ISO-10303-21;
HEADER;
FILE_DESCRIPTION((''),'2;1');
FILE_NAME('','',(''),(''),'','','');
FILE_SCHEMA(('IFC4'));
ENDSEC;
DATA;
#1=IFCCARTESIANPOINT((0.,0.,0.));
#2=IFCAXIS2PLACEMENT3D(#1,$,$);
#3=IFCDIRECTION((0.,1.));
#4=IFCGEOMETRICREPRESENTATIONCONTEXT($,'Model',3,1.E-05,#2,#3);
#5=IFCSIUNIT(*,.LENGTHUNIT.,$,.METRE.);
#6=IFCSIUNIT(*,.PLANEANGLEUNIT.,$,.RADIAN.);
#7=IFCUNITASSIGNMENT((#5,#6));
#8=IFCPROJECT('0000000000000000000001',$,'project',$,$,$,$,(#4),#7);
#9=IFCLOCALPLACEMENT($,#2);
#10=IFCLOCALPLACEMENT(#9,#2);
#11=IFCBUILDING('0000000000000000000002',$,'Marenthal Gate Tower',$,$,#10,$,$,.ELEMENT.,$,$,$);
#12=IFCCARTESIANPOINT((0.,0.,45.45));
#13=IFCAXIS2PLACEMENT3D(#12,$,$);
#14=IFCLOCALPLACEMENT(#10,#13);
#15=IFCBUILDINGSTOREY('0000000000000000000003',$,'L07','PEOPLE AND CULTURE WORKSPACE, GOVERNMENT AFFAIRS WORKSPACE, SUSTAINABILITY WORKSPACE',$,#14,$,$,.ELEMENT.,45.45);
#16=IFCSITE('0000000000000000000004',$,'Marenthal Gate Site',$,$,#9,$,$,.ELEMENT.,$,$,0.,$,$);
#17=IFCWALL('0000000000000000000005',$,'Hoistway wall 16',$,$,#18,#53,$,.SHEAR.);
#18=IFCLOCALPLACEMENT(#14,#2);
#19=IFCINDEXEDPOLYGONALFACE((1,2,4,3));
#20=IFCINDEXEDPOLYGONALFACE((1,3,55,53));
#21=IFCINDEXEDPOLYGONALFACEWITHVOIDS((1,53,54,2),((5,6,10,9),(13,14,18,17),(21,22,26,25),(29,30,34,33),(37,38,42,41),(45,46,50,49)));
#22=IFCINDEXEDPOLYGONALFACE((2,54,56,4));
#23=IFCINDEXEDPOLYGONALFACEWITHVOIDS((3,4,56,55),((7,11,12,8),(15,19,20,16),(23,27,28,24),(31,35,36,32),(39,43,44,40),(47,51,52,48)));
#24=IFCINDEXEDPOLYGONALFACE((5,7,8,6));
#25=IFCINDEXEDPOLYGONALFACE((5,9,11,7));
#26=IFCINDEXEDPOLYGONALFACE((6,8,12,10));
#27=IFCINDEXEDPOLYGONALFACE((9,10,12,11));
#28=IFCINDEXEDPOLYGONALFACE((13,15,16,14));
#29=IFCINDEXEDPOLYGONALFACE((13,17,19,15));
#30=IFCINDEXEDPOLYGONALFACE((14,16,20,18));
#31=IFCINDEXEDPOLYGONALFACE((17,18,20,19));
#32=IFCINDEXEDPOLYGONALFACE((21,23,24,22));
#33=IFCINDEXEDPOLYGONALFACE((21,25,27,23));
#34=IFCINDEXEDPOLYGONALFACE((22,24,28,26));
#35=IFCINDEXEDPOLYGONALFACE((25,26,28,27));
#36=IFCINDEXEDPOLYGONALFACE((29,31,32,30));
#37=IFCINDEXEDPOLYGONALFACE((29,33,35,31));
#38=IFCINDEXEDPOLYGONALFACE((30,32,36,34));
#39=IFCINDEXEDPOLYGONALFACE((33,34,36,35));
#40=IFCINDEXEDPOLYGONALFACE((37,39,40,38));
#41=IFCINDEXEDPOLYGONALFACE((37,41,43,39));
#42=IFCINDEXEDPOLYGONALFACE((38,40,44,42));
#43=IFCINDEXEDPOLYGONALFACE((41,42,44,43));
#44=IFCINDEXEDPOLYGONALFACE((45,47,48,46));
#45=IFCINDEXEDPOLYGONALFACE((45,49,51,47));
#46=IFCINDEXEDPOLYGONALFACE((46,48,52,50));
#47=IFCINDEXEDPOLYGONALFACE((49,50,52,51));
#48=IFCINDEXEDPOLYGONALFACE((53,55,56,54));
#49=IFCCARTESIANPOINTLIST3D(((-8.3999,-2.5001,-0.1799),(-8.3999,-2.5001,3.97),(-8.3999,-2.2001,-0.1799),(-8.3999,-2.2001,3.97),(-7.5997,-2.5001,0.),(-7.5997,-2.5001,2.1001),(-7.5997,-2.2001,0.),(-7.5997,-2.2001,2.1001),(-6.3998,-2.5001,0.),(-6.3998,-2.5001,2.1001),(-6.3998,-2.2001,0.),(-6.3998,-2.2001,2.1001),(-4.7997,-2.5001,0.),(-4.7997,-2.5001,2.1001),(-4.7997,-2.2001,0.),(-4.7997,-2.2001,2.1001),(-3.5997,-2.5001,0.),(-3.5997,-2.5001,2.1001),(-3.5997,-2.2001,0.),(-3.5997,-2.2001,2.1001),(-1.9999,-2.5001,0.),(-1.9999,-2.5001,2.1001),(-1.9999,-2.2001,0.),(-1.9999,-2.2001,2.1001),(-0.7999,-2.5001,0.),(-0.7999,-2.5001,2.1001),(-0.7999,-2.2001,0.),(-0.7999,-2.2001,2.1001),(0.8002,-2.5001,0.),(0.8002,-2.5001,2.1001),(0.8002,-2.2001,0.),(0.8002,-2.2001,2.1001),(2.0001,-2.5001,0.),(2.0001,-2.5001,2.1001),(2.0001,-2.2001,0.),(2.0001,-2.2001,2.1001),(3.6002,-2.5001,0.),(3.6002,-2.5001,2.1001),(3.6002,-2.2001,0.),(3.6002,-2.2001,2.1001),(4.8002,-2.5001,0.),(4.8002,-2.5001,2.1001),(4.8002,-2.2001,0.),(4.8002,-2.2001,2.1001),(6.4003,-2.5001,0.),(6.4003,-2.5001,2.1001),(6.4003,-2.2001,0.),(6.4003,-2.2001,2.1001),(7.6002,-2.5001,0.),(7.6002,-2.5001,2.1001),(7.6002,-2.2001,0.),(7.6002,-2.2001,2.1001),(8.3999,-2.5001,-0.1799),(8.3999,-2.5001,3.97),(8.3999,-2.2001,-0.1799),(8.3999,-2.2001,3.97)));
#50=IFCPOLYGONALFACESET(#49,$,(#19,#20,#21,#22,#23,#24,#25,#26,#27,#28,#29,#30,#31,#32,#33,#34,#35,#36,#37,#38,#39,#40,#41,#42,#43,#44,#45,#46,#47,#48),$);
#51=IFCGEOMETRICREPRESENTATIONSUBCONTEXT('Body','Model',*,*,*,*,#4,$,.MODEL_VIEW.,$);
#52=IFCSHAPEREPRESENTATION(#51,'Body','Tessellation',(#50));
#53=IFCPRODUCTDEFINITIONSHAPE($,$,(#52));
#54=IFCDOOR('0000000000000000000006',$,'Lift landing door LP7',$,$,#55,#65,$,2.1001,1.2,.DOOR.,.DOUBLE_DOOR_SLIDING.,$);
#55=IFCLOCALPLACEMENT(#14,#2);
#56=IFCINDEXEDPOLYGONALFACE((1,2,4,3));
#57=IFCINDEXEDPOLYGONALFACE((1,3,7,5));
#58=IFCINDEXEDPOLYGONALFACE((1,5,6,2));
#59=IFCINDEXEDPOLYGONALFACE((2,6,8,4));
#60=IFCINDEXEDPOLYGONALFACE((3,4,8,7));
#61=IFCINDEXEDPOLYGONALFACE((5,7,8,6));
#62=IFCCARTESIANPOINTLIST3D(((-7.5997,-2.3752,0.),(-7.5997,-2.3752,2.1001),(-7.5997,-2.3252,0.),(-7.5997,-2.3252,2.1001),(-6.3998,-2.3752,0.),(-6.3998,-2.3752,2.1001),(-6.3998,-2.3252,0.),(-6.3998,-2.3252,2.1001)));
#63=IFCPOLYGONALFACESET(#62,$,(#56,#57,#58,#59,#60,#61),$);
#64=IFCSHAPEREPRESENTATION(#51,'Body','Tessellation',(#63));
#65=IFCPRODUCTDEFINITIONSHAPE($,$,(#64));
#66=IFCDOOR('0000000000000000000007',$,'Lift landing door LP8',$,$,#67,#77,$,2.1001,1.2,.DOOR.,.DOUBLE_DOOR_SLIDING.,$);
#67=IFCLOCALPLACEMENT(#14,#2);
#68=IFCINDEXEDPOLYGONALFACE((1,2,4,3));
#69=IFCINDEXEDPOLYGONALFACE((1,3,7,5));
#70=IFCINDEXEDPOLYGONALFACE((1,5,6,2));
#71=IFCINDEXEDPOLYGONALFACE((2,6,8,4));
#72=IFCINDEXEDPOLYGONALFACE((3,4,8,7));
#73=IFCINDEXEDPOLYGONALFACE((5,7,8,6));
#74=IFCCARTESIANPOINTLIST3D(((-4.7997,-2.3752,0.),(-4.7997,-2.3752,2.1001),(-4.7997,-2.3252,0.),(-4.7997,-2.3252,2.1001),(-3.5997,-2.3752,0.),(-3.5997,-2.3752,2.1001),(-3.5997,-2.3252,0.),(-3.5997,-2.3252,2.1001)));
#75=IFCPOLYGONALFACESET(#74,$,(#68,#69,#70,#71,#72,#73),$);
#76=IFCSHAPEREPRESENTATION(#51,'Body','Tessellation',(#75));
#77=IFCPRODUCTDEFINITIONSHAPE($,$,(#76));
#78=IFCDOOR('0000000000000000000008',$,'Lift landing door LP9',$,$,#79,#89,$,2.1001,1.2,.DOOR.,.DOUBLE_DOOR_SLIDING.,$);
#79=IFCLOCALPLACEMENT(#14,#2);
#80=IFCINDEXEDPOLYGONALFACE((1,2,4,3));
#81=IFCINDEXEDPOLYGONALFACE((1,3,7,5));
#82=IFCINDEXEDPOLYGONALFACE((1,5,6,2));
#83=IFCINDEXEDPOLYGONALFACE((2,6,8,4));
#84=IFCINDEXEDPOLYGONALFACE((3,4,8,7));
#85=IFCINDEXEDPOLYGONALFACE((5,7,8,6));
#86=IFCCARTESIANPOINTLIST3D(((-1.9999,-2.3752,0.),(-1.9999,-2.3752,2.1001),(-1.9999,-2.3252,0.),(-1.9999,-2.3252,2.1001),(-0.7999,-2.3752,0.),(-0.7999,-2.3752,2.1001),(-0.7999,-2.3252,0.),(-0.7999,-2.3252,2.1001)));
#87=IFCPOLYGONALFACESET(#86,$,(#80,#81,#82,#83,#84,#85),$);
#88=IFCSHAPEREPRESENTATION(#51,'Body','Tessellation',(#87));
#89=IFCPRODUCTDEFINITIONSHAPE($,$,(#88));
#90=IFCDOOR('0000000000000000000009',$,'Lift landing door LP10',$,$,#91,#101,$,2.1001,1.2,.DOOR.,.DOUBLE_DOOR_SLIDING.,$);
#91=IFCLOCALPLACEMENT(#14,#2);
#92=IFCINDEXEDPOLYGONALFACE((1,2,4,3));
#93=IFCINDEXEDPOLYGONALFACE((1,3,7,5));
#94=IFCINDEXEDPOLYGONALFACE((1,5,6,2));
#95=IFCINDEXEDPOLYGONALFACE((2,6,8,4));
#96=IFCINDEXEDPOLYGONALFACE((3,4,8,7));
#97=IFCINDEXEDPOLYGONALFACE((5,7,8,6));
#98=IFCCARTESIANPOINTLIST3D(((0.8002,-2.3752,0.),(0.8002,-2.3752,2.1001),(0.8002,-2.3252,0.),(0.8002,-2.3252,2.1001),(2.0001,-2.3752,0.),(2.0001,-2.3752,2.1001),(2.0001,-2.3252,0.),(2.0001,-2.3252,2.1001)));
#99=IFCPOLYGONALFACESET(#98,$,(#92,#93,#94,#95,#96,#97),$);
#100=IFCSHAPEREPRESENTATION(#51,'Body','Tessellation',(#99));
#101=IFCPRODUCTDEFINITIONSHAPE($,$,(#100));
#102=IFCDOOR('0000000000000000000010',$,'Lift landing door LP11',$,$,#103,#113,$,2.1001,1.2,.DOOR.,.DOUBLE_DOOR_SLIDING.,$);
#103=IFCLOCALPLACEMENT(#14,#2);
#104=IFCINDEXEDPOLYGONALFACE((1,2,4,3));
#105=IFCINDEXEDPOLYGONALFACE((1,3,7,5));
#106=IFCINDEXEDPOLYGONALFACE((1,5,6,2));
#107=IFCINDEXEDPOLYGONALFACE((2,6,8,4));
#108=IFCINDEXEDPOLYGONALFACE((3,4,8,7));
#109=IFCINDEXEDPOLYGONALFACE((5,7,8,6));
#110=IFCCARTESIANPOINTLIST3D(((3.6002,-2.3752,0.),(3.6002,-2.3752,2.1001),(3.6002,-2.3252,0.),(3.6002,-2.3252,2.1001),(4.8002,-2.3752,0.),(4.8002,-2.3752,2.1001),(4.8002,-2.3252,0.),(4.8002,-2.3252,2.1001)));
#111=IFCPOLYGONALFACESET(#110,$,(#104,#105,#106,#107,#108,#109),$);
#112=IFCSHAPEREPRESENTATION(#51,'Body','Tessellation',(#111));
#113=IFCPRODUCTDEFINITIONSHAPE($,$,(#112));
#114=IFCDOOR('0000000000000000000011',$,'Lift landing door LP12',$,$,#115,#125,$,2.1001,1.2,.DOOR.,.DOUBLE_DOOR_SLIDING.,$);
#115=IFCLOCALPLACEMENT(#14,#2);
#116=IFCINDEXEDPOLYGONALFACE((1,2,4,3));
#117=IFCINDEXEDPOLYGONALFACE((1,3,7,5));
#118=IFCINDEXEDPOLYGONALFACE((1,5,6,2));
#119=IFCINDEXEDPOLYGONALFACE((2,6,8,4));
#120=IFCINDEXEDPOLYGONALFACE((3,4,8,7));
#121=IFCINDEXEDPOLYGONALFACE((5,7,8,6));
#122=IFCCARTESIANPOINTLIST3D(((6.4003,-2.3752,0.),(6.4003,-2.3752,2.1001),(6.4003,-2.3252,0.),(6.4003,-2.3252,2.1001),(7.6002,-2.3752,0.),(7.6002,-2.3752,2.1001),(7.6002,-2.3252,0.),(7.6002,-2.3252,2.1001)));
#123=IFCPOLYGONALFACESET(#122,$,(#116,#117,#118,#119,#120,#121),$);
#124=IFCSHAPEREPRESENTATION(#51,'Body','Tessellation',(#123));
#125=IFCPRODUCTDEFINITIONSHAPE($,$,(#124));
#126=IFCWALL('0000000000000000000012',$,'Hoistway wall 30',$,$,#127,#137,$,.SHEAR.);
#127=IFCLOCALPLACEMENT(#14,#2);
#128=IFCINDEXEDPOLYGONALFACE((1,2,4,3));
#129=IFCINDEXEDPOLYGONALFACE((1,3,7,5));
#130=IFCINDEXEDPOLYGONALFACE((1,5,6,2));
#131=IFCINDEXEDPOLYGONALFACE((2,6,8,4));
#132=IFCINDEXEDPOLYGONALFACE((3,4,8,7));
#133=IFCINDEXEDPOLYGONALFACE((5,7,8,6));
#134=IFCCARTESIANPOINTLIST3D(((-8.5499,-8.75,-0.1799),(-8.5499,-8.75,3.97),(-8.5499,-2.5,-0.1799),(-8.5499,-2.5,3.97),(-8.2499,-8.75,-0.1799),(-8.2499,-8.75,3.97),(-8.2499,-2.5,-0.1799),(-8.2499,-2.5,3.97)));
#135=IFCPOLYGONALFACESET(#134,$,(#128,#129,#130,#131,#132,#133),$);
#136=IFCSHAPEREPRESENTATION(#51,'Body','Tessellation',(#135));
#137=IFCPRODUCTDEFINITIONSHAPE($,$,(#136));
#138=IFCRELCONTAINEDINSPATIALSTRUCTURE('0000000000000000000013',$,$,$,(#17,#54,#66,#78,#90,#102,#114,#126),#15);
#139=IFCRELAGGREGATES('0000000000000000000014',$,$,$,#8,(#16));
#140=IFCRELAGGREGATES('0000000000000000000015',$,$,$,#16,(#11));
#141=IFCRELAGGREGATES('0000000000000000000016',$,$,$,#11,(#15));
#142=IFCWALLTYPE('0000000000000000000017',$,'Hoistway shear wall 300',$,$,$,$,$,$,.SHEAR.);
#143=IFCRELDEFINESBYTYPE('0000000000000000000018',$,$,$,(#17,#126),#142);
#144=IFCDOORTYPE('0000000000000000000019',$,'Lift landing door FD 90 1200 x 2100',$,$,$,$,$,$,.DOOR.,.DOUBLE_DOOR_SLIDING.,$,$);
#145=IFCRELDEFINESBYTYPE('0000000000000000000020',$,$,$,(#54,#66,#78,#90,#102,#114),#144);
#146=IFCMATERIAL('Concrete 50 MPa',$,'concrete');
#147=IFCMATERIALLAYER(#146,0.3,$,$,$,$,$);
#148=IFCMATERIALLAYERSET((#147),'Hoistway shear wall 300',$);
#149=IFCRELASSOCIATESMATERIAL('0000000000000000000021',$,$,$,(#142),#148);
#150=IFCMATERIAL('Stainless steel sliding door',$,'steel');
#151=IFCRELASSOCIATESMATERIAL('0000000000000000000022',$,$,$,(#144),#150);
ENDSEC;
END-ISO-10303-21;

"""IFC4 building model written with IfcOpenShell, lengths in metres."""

from ifc_helpers import new_model, si_unit, direction, frame, frame_2d, origin, place, context, subcontext, project, spatial, rectangle, extrude, material, layer, layer_set, type_object, element, fill, save


model = new_model("IFC4")

# Units and contexts
model_context = context("Model", 3, precision=1e-05, world=origin(), true_north=direction((0.0, 1.0)))
body_context = subcontext(model_context, "Body", "Model", "MODEL_VIEW")
ifc_project = project(units=[si_unit("LENGTHUNIT", "METRE"), si_unit("PLANEANGLEUNIT", "RADIAN")], contexts=[model_context])

# Site, building, storey
site_placement = place(None, origin())
site = spatial("IfcSite", under=ifc_project, at=site_placement, Name="Marenthal Gate Site", CompositionType="ELEMENT", RefElevation=0.0)
building_placement = place(site_placement, origin())
building = spatial("IfcBuilding", under=site, at=building_placement, Name="Marenthal Gate Tower", CompositionType="ELEMENT")
storey_placement = place(building_placement, frame((0.0, 0.0, 45.45)))
storey = spatial("IfcBuildingStorey", under=building, at=storey_placement, Name="L07", Description="PEOPLE AND CULTURE WORKSPACE, GOVERNMENT AFFAIRS WORKSPACE, SUSTAINABILITY WORKSPACE", CompositionType="ELEMENT", Elevation=45.45)

# Wall, openings, doors
ifc_material_1 = material(Name="Concrete 50 MPa", Category="concrete")
ifc_layer_1 = layer(ifc_material_1, 0.3)
ifc_layer_set_1 = layer_set([ifc_layer_1], Name="Hoistway shear wall 300")
wall_type_1 = type_object("IfcWallType", Name="Hoistway shear wall 300", PredefinedType="SHEAR", material=ifc_layer_set_1)
wall_1_placement = place(storey_placement, frame((-8.3999, -2.3501, -0.1799), z_axis=(0.0, 0.0, 1.0), x_axis=(1.0, 0.0, 0.0)))
wall_1 = element("IfcWall", 1, at=wall_1_placement, inside=storey, type_object=wall_type_1, Name="Hoistway wall 16", PredefinedType="SHEAR", context=body_context, shape_type="SweptSolid", body=[
    extrude(rectangle(XDim=16.7998, YDim=0.3, at=frame_2d((8.3999, 0.0))), origin(), (0.0, 0.0, 1.0), 4.1499),
])
opening_1_placement = place(wall_1_placement, frame((0.8, 0.0, 0.1799)))
opening_1 = element("IfcOpeningElement", 2, at=opening_1_placement, cuts=wall_1, PredefinedType="OPENING", context=body_context, shape_type="SweptSolid", body=[
    extrude(rectangle(XDim=1.2, YDim=2.1001, at=frame_2d((0.6001, 1.05))), frame((0.0, 0.1602, 0.0), z_axis=(0.0, -1.0, 0.0), x_axis=(1.0, 0.0, 0.0)), (0.0, 0.0, 1.0), 0.3201),
])
opening_2_placement = place(wall_1_placement, frame((3.6001, 0.0, 0.1799)))
opening_2 = element("IfcOpeningElement", 3, at=opening_2_placement, cuts=wall_1, PredefinedType="OPENING", context=body_context, shape_type="SweptSolid", body=[
    extrude(rectangle(XDim=1.2, YDim=2.1001, at=frame_2d((0.6001, 1.05))), frame((0.0, 0.1602, 0.0), z_axis=(0.0, -1.0, 0.0), x_axis=(1.0, 0.0, 0.0)), (0.0, 0.0, 1.0), 0.3201),
])
opening_3_placement = place(wall_1_placement, frame((6.3999, 0.0, 0.1799)))
opening_3 = element("IfcOpeningElement", 4, at=opening_3_placement, cuts=wall_1, PredefinedType="OPENING", context=body_context, shape_type="SweptSolid", body=[
    extrude(rectangle(XDim=1.2, YDim=2.1001, at=frame_2d((0.6001, 1.05))), frame((0.0, 0.1602, 0.0), z_axis=(0.0, -1.0, 0.0), x_axis=(1.0, 0.0, 0.0)), (0.0, 0.0, 1.0), 0.3201),
])
opening_4_placement = place(wall_1_placement, frame((9.2, 0.0, 0.1799)))
opening_4 = element("IfcOpeningElement", 5, at=opening_4_placement, cuts=wall_1, PredefinedType="OPENING", context=body_context, shape_type="SweptSolid", body=[
    extrude(rectangle(XDim=1.2, YDim=2.1001, at=frame_2d((0.6001, 1.05))), frame((0.0, 0.1602, 0.0), z_axis=(0.0, -1.0, 0.0), x_axis=(1.0, 0.0, 0.0)), (0.0, 0.0, 1.0), 0.3201),
])
opening_5_placement = place(wall_1_placement, frame((12.0, 0.0, 0.1799)))
opening_5 = element("IfcOpeningElement", 6, at=opening_5_placement, cuts=wall_1, PredefinedType="OPENING", context=body_context, shape_type="SweptSolid", body=[
    extrude(rectangle(XDim=1.2, YDim=2.1001, at=frame_2d((0.6001, 1.05))), frame((0.0, 0.1602, 0.0), z_axis=(0.0, -1.0, 0.0), x_axis=(1.0, 0.0, 0.0)), (0.0, 0.0, 1.0), 0.3201),
])
opening_6_placement = place(wall_1_placement, frame((14.8, 0.0, 0.1799)))
opening_6 = element("IfcOpeningElement", 7, at=opening_6_placement, cuts=wall_1, PredefinedType="OPENING", context=body_context, shape_type="SweptSolid", body=[
    extrude(rectangle(XDim=1.2, YDim=2.1001, at=frame_2d((0.6001, 1.05))), frame((0.0, 0.1602, 0.0), z_axis=(0.0, -1.0, 0.0), x_axis=(1.0, 0.0, 0.0)), (0.0, 0.0, 1.0), 0.3201),
])
ifc_material_2 = material(Name="Stainless steel sliding door", Category="steel")
door_type_1 = type_object("IfcDoorType", Name="Lift landing door FD 90 1200 x 2100", OperationType="DOUBLE_DOOR_SLIDING", PredefinedType="DOOR", material=ifc_material_2)
door_1_placement = place(opening_1_placement, origin())
door_1 = element("IfcDoor", 8, at=door_1_placement, inside=storey, type_object=door_type_1, Name="Lift landing door LP7", OperationType="DOUBLE_DOOR_SLIDING", OverallHeight=2.1001, OverallWidth=1.2, PredefinedType="DOOR", context=body_context, shape_type="SweptSolid", body=[
    extrude(rectangle(XDim=1.2, YDim=2.1001, at=frame_2d((0.6001, 1.05))), frame((0.0, 0.0249, 0.0), z_axis=(0.0, -1.0, 0.0), x_axis=(1.0, 0.0, 0.0)), (0.0, 0.0, 1.0), 0.05),
])
fill(opening_1, door_1)
door_2_placement = place(opening_2_placement, origin())
door_2 = element("IfcDoor", 9, at=door_2_placement, inside=storey, type_object=door_type_1, Name="Lift landing door LP8", OperationType="DOUBLE_DOOR_SLIDING", OverallHeight=2.1001, OverallWidth=1.2, PredefinedType="DOOR", context=body_context, shape_type="SweptSolid", body=[
    extrude(rectangle(XDim=1.2, YDim=2.1001, at=frame_2d((0.6001, 1.05))), frame((0.0, 0.0249, 0.0), z_axis=(0.0, -1.0, 0.0), x_axis=(1.0, 0.0, 0.0)), (0.0, 0.0, 1.0), 0.05),
])
fill(opening_2, door_2)
door_3_placement = place(opening_3_placement, origin())
door_3 = element("IfcDoor", 10, at=door_3_placement, inside=storey, type_object=door_type_1, Name="Lift landing door LP9", OperationType="DOUBLE_DOOR_SLIDING", OverallHeight=2.1001, OverallWidth=1.2, PredefinedType="DOOR", context=body_context, shape_type="SweptSolid", body=[
    extrude(rectangle(XDim=1.2, YDim=2.1001, at=frame_2d((0.6001, 1.05))), frame((0.0, 0.0249, 0.0), z_axis=(0.0, -1.0, 0.0), x_axis=(1.0, 0.0, 0.0)), (0.0, 0.0, 1.0), 0.05),
])
fill(opening_3, door_3)
door_4_placement = place(opening_4_placement, origin())
door_4 = element("IfcDoor", 11, at=door_4_placement, inside=storey, type_object=door_type_1, Name="Lift landing door LP10", OperationType="DOUBLE_DOOR_SLIDING", OverallHeight=2.1001, OverallWidth=1.2, PredefinedType="DOOR", context=body_context, shape_type="SweptSolid", body=[
    extrude(rectangle(XDim=1.2, YDim=2.1001, at=frame_2d((0.6001, 1.05))), frame((0.0, 0.0249, 0.0), z_axis=(0.0, -1.0, 0.0), x_axis=(1.0, 0.0, 0.0)), (0.0, 0.0, 1.0), 0.05),
])
fill(opening_4, door_4)
door_5_placement = place(opening_5_placement, origin())
door_5 = element("IfcDoor", 12, at=door_5_placement, inside=storey, type_object=door_type_1, Name="Lift landing door LP11", OperationType="DOUBLE_DOOR_SLIDING", OverallHeight=2.1001, OverallWidth=1.2, PredefinedType="DOOR", context=body_context, shape_type="SweptSolid", body=[
    extrude(rectangle(XDim=1.2, YDim=2.1001, at=frame_2d((0.6001, 1.05))), frame((0.0, 0.0249, 0.0), z_axis=(0.0, -1.0, 0.0), x_axis=(1.0, 0.0, 0.0)), (0.0, 0.0, 1.0), 0.05),
])
fill(opening_5, door_5)
door_6_placement = place(opening_6_placement, origin())
door_6 = element("IfcDoor", 13, at=door_6_placement, inside=storey, type_object=door_type_1, Name="Lift landing door LP12", OperationType="DOUBLE_DOOR_SLIDING", OverallHeight=2.1001, OverallWidth=1.2, PredefinedType="DOOR", context=body_context, shape_type="SweptSolid", body=[
    extrude(rectangle(XDim=1.2, YDim=2.1001, at=frame_2d((0.6001, 1.05))), frame((0.0, 0.0249, 0.0), z_axis=(0.0, -1.0, 0.0), x_axis=(1.0, 0.0, 0.0)), (0.0, 0.0, 1.0), 0.05),
])
fill(opening_6, door_6)

# Wall
wall_2_placement = place(storey_placement, frame((-8.3999, -8.75, -0.1799), z_axis=(0.0, 0.0, 1.0), x_axis=(0.0, 1.0, 0.0)))
element("IfcWall", 14, at=wall_2_placement, inside=storey, type_object=wall_type_1, Name="Hoistway wall 30", PredefinedType="SHEAR", context=body_context, shape_type="SweptSolid", body=[
    extrude(rectangle(XDim=6.25, YDim=0.3, at=frame_2d((3.125, 0.0))), origin(), (0.0, 0.0, 1.0), 4.1499),
])

save(model, "model.ifc")
